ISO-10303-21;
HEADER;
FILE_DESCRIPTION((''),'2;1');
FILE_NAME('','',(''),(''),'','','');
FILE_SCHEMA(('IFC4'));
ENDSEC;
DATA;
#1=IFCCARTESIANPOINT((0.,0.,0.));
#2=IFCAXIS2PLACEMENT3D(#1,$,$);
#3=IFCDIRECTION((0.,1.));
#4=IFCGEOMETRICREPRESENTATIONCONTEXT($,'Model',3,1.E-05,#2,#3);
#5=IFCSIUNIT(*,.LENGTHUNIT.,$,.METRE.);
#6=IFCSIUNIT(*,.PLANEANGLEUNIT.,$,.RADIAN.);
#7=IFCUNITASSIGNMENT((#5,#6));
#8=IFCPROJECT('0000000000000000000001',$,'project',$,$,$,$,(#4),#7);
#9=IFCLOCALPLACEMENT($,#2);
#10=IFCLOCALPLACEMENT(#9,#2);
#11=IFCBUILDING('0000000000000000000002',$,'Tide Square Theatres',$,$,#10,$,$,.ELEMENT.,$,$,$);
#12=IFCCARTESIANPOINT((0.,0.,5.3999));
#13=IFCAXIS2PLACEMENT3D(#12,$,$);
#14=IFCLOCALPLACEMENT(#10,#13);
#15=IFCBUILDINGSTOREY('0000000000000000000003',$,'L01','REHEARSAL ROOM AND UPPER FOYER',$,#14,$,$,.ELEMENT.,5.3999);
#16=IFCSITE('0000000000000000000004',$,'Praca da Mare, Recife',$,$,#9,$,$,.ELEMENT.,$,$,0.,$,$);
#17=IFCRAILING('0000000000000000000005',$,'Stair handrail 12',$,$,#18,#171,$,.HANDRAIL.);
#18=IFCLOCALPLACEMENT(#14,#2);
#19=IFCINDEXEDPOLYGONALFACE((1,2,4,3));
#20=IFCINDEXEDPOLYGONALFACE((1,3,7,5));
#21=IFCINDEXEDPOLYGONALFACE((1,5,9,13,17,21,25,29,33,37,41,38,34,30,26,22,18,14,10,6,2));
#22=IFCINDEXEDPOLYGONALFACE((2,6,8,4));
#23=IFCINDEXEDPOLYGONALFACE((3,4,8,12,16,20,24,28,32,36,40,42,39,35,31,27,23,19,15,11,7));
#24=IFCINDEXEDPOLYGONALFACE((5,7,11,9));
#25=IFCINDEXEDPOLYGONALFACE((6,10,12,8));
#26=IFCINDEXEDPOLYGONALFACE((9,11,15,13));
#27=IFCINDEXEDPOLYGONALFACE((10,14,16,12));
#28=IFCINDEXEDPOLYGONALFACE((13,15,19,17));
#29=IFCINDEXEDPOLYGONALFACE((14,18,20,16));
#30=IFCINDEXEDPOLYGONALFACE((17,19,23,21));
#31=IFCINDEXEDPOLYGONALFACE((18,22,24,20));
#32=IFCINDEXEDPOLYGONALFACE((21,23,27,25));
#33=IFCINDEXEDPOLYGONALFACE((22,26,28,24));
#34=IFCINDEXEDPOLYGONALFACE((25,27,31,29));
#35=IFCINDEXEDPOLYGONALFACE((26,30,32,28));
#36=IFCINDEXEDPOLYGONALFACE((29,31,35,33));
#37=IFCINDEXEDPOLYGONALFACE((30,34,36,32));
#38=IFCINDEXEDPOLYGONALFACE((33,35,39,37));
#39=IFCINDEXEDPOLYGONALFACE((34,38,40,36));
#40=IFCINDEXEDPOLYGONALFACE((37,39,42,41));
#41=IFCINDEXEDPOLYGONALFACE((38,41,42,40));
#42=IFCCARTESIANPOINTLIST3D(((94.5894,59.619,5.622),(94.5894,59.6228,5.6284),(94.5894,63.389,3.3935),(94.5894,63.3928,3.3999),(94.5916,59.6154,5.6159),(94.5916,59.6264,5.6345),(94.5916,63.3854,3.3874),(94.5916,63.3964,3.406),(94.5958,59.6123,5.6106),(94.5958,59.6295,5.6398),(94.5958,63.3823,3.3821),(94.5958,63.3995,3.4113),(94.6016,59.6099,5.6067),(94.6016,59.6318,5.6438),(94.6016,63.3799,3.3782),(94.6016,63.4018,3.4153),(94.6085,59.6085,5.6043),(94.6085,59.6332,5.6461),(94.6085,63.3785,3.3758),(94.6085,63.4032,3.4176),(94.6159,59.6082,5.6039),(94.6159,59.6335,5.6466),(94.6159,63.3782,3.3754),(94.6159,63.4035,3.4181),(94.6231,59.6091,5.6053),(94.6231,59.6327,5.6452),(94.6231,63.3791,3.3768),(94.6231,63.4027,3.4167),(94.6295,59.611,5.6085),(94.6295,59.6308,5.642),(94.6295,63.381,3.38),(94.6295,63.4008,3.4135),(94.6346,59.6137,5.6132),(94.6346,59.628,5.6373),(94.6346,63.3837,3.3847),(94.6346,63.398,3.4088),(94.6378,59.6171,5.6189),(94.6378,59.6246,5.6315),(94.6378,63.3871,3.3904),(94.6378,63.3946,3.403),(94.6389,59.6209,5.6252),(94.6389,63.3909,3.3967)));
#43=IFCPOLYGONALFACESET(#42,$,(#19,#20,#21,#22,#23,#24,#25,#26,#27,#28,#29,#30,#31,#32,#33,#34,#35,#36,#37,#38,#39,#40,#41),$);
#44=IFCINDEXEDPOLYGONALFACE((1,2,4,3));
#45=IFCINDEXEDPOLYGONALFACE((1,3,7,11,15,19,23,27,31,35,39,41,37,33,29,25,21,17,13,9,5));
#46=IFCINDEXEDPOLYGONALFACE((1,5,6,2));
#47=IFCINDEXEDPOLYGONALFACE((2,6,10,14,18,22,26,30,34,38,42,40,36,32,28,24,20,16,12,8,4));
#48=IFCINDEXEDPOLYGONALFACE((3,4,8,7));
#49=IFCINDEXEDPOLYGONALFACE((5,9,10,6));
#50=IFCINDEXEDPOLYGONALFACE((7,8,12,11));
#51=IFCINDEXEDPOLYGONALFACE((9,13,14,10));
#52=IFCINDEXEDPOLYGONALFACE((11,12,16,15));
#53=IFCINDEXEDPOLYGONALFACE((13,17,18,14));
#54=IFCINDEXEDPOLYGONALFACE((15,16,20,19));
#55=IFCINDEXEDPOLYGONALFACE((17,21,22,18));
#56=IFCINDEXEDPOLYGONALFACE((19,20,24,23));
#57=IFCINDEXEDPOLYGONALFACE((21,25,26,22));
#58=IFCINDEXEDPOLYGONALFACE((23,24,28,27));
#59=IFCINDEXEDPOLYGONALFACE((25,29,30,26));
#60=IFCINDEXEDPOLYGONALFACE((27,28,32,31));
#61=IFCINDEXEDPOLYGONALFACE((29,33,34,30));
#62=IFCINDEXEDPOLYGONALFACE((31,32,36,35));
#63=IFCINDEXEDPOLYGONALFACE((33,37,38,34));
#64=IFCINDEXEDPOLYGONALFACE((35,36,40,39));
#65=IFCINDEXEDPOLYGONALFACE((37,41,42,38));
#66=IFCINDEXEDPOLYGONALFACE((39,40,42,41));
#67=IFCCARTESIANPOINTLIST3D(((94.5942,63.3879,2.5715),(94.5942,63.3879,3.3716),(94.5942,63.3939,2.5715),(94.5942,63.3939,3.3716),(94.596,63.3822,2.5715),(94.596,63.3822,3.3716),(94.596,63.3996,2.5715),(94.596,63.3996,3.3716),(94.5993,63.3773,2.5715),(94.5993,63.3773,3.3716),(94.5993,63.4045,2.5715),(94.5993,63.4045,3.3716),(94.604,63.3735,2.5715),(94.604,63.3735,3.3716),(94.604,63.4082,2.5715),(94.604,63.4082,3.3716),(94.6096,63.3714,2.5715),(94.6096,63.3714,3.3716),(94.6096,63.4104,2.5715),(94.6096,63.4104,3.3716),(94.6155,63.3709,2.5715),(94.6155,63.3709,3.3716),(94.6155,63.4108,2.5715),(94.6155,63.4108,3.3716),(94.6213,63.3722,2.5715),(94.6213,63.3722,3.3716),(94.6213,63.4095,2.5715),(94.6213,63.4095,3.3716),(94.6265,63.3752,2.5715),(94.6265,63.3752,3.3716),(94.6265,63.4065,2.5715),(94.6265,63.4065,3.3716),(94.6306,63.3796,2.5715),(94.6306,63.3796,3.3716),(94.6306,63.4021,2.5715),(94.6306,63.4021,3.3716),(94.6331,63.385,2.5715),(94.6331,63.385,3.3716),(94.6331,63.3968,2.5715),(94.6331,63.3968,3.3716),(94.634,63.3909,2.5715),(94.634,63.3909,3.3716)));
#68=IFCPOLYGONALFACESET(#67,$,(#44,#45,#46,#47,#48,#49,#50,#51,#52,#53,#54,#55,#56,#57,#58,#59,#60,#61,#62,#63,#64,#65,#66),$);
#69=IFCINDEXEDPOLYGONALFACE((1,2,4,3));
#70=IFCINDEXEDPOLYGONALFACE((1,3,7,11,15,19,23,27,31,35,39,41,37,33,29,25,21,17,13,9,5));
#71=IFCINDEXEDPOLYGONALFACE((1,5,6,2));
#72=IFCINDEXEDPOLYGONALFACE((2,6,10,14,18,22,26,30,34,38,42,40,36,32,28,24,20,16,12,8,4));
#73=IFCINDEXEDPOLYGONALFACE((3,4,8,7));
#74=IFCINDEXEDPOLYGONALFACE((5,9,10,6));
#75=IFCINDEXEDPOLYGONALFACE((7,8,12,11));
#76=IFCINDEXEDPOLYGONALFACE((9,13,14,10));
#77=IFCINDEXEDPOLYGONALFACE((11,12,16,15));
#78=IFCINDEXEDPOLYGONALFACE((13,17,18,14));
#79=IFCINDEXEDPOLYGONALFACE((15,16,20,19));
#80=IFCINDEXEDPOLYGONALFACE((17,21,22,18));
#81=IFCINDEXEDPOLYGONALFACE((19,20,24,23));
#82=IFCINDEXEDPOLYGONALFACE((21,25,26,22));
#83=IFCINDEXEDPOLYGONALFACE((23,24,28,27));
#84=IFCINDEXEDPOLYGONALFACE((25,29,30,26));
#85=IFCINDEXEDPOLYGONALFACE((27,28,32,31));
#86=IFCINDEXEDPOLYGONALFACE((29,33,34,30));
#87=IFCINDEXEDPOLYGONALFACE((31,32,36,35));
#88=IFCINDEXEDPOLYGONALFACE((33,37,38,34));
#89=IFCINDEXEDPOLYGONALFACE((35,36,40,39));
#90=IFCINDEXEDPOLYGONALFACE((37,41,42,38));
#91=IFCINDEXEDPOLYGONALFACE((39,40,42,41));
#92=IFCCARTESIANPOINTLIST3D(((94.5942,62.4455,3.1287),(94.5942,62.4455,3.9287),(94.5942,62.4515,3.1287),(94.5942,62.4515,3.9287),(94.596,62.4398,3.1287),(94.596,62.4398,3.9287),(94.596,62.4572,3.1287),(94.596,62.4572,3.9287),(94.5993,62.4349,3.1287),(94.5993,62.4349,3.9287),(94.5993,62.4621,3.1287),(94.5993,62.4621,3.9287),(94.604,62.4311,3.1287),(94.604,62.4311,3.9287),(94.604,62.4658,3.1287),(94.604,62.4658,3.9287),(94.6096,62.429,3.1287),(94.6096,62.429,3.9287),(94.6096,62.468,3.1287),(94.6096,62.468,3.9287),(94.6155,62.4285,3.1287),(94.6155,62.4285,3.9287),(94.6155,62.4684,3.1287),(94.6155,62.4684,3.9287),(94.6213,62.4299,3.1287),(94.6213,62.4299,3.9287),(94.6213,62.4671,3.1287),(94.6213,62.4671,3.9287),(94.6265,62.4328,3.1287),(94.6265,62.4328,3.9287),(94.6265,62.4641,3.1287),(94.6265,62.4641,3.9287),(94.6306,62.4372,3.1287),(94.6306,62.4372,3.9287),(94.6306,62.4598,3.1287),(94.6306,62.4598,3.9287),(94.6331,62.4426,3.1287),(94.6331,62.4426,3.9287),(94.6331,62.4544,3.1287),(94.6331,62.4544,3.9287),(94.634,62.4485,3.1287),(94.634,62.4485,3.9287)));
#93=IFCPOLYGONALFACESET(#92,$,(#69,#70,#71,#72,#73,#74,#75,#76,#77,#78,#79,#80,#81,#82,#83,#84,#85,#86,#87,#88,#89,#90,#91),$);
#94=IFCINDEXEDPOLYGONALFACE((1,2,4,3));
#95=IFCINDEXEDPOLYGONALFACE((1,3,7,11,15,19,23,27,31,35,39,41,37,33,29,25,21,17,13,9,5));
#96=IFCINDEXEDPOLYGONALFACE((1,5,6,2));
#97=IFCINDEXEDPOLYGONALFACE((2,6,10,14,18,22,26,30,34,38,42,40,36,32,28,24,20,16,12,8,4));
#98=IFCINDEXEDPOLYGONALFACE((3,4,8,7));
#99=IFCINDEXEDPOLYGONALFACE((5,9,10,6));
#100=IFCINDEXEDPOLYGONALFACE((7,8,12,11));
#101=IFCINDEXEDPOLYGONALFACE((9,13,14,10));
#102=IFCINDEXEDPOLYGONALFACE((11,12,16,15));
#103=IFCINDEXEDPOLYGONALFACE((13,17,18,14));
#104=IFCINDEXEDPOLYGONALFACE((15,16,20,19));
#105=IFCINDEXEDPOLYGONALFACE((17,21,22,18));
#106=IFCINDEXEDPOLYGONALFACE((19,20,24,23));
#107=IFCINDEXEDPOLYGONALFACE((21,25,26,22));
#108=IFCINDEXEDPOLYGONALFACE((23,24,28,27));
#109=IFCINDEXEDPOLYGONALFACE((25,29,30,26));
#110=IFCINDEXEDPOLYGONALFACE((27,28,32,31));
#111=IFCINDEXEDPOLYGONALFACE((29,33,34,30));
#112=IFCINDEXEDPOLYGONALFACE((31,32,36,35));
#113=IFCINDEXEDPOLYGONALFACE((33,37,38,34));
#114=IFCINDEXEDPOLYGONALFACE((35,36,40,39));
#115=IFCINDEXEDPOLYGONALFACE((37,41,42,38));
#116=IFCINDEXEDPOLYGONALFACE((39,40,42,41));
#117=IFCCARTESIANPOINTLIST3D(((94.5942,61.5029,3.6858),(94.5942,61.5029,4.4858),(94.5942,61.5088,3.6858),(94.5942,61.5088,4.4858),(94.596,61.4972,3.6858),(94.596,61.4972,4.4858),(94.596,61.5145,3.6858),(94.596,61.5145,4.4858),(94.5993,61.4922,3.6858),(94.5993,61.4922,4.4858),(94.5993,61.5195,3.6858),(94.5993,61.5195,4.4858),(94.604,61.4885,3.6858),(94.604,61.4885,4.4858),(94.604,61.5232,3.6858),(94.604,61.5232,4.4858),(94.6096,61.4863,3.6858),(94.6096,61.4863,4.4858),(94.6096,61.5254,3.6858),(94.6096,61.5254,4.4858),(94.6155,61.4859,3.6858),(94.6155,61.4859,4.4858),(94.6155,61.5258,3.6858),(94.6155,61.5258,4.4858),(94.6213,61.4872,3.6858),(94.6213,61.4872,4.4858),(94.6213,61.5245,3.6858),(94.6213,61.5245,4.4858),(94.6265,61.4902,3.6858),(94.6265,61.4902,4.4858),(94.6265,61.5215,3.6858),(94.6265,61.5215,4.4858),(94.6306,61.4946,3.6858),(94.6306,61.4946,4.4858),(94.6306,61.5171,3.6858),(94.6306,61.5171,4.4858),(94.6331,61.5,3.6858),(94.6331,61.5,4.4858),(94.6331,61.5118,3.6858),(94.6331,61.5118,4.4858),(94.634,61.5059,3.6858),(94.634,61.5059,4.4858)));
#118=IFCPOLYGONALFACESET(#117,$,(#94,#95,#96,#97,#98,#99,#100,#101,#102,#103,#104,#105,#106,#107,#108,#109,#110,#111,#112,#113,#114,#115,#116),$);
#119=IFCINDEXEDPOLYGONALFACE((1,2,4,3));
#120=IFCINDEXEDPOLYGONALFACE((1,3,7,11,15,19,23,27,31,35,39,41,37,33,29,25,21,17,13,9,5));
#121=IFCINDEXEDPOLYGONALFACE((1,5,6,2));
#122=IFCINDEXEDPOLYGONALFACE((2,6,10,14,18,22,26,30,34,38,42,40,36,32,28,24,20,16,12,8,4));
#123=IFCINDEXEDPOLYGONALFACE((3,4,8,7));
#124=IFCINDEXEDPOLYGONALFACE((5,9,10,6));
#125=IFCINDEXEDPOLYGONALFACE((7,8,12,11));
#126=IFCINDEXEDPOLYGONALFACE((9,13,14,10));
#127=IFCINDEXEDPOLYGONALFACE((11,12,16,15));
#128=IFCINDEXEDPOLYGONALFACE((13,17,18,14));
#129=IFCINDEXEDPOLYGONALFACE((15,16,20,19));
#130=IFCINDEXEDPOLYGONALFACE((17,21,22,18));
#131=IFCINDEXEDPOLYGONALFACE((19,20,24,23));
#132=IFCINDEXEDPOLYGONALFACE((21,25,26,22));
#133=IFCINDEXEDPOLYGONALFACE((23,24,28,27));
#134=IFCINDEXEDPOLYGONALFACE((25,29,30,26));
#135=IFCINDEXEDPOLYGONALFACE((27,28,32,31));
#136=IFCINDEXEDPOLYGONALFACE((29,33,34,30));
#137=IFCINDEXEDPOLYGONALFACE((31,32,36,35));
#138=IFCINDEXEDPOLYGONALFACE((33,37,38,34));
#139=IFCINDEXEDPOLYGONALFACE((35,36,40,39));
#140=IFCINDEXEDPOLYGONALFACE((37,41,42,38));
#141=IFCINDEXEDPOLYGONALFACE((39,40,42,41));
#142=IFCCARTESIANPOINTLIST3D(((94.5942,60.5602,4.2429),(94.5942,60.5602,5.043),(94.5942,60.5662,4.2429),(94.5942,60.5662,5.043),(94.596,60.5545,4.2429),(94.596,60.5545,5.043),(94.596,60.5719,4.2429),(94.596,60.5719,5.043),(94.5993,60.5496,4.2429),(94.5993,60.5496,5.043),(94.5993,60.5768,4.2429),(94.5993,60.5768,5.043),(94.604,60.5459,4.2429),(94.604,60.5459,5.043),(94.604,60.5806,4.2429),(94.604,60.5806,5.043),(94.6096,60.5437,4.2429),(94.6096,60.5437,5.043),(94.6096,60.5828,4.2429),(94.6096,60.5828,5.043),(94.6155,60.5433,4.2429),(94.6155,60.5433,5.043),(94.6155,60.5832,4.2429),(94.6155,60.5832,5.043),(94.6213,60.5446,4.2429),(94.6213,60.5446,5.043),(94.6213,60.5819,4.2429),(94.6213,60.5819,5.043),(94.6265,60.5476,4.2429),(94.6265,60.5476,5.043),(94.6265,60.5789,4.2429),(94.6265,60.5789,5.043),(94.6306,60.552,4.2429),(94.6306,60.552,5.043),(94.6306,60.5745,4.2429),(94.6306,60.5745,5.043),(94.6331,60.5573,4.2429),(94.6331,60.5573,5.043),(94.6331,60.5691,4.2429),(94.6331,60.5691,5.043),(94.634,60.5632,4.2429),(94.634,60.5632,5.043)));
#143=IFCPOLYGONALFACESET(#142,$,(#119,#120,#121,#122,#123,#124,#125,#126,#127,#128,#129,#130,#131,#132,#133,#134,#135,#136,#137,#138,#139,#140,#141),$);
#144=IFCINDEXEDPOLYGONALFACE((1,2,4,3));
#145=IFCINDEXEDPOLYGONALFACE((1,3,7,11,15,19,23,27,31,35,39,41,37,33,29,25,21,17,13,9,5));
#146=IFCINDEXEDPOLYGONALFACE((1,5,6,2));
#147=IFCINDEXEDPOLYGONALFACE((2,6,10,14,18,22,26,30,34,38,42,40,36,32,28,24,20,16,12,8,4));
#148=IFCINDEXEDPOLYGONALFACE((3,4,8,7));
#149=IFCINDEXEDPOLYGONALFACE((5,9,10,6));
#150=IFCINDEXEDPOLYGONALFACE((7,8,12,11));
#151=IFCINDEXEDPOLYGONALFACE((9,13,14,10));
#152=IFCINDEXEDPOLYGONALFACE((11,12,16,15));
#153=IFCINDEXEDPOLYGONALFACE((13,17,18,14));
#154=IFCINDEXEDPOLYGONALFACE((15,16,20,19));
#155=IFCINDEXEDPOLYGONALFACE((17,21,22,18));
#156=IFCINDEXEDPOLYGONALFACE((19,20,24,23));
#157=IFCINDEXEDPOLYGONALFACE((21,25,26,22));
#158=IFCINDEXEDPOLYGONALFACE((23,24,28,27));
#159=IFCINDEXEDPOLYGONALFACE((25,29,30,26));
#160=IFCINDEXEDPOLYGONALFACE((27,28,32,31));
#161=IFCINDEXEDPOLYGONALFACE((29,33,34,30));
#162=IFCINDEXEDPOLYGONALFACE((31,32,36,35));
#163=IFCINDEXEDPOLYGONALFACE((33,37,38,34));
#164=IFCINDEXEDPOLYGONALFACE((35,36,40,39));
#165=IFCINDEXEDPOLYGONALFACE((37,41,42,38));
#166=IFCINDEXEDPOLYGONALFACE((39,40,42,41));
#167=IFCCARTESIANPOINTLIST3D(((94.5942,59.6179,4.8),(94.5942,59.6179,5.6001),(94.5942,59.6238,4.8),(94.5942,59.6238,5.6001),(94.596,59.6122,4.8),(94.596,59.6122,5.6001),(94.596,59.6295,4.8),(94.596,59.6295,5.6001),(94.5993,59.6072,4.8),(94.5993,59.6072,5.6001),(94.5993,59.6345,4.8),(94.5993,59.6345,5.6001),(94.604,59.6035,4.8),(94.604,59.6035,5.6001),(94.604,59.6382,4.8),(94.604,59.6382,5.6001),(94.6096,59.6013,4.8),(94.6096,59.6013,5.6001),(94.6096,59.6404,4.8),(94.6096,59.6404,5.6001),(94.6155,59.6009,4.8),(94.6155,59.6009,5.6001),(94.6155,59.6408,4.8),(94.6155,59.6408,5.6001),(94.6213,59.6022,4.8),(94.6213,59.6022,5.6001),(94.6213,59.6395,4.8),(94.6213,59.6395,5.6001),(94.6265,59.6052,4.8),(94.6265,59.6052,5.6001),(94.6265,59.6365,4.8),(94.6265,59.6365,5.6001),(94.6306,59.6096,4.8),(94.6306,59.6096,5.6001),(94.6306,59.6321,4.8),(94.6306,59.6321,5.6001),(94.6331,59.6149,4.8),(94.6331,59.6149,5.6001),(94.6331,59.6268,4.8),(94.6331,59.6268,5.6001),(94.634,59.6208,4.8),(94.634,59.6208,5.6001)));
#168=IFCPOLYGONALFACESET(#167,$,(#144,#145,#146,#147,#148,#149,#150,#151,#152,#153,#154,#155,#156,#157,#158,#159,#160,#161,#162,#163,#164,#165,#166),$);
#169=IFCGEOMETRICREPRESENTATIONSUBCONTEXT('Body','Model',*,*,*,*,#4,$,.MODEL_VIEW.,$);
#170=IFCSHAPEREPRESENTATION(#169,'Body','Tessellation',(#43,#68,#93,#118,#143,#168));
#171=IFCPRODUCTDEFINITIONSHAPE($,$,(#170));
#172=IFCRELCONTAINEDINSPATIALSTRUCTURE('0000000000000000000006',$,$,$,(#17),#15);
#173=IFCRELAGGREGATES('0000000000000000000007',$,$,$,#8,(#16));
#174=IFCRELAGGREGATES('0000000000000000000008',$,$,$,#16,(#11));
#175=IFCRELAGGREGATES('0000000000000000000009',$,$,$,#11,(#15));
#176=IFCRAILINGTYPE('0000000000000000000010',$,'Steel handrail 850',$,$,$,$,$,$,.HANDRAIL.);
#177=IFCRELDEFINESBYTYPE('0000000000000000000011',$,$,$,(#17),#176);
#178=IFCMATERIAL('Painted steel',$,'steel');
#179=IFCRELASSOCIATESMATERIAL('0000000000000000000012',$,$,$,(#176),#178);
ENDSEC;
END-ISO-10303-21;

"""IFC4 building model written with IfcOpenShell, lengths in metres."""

from ifc_helpers import new_model, si_unit, direction, frame, origin, origin_2d, place, context, subcontext, project, spatial, circle, extrude, material, type_object, element, save


model = new_model("IFC4")

# Units and contexts
model_context = context("Model", 3, precision=1e-05, world=origin(), true_north=direction((0.0, 1.0)))
body_context = subcontext(model_context, "Body", "Model", "MODEL_VIEW")
ifc_project = project(units=[si_unit("LENGTHUNIT", "METRE"), si_unit("PLANEANGLEUNIT", "RADIAN")], contexts=[model_context])

# Site, building, storey
site_placement = place(None, origin())
site = spatial("IfcSite", under=ifc_project, at=site_placement, Name="Praca da Mare, Recife", CompositionType="ELEMENT", RefElevation=0.0)
building_placement = place(site_placement, origin())
building = spatial("IfcBuilding", under=site, at=building_placement, Name="Tide Square Theatres", CompositionType="ELEMENT")
storey_placement = place(building_placement, frame((0.0, 0.0, 5.3999)))
storey = spatial("IfcBuildingStorey", under=building, at=storey_placement, Name="L01", Description="REHEARSAL ROOM AND UPPER FOYER", CompositionType="ELEMENT", Elevation=5.3999)

# Railing
ifc_material_1 = material(Name="Painted steel", Category="steel")
railing_type_1 = type_object("IfcRailingType", Name="Steel handrail 850", PredefinedType="HANDRAIL", material=ifc_material_1)
for number, where, name in (
    (1, (94.614, 63.3909, 2.5715), "Stair handrail 12"),
):
    element("IfcRailing", number, at=place(storey_placement, frame(where)), inside=storey, type_object=railing_type_1, Name=name, PredefinedType="HANDRAIL", context=body_context, shape_type="SweptSolid", body=[
        extrude(circle(Radius=0.0249, at=origin_2d()), frame((0.0, 0.0, 0.8252), z_axis=(0.0, -0.860849, 0.508861), x_axis=(1.0, 0.0, 0.0)), (0.0, 0.0, 1.0), 4.3794),
        extrude(circle(Radius=0.02, at=origin_2d()), origin(), (0.0, 0.0, 1.0), 0.8),
        extrude(circle(Radius=0.02, at=origin_2d()), frame((0.0, -0.9424, 0.5571)), (0.0, 0.0, 1.0), 0.8),
        extrude(circle(Radius=0.02, at=origin_2d()), frame((0.0, -1.885, 1.1143)), (0.0, 0.0, 1.0), 0.8),
        extrude(circle(Radius=0.02, at=origin_2d()), frame((0.0, -2.8276, 1.6714)), (0.0, 0.0, 1.0), 0.8),
        extrude(circle(Radius=0.02, at=origin_2d()), frame((0.0, -3.77, 2.2285)), (0.0, 0.0, 1.0), 0.8),
    ])

save(model, "model.ifc")
